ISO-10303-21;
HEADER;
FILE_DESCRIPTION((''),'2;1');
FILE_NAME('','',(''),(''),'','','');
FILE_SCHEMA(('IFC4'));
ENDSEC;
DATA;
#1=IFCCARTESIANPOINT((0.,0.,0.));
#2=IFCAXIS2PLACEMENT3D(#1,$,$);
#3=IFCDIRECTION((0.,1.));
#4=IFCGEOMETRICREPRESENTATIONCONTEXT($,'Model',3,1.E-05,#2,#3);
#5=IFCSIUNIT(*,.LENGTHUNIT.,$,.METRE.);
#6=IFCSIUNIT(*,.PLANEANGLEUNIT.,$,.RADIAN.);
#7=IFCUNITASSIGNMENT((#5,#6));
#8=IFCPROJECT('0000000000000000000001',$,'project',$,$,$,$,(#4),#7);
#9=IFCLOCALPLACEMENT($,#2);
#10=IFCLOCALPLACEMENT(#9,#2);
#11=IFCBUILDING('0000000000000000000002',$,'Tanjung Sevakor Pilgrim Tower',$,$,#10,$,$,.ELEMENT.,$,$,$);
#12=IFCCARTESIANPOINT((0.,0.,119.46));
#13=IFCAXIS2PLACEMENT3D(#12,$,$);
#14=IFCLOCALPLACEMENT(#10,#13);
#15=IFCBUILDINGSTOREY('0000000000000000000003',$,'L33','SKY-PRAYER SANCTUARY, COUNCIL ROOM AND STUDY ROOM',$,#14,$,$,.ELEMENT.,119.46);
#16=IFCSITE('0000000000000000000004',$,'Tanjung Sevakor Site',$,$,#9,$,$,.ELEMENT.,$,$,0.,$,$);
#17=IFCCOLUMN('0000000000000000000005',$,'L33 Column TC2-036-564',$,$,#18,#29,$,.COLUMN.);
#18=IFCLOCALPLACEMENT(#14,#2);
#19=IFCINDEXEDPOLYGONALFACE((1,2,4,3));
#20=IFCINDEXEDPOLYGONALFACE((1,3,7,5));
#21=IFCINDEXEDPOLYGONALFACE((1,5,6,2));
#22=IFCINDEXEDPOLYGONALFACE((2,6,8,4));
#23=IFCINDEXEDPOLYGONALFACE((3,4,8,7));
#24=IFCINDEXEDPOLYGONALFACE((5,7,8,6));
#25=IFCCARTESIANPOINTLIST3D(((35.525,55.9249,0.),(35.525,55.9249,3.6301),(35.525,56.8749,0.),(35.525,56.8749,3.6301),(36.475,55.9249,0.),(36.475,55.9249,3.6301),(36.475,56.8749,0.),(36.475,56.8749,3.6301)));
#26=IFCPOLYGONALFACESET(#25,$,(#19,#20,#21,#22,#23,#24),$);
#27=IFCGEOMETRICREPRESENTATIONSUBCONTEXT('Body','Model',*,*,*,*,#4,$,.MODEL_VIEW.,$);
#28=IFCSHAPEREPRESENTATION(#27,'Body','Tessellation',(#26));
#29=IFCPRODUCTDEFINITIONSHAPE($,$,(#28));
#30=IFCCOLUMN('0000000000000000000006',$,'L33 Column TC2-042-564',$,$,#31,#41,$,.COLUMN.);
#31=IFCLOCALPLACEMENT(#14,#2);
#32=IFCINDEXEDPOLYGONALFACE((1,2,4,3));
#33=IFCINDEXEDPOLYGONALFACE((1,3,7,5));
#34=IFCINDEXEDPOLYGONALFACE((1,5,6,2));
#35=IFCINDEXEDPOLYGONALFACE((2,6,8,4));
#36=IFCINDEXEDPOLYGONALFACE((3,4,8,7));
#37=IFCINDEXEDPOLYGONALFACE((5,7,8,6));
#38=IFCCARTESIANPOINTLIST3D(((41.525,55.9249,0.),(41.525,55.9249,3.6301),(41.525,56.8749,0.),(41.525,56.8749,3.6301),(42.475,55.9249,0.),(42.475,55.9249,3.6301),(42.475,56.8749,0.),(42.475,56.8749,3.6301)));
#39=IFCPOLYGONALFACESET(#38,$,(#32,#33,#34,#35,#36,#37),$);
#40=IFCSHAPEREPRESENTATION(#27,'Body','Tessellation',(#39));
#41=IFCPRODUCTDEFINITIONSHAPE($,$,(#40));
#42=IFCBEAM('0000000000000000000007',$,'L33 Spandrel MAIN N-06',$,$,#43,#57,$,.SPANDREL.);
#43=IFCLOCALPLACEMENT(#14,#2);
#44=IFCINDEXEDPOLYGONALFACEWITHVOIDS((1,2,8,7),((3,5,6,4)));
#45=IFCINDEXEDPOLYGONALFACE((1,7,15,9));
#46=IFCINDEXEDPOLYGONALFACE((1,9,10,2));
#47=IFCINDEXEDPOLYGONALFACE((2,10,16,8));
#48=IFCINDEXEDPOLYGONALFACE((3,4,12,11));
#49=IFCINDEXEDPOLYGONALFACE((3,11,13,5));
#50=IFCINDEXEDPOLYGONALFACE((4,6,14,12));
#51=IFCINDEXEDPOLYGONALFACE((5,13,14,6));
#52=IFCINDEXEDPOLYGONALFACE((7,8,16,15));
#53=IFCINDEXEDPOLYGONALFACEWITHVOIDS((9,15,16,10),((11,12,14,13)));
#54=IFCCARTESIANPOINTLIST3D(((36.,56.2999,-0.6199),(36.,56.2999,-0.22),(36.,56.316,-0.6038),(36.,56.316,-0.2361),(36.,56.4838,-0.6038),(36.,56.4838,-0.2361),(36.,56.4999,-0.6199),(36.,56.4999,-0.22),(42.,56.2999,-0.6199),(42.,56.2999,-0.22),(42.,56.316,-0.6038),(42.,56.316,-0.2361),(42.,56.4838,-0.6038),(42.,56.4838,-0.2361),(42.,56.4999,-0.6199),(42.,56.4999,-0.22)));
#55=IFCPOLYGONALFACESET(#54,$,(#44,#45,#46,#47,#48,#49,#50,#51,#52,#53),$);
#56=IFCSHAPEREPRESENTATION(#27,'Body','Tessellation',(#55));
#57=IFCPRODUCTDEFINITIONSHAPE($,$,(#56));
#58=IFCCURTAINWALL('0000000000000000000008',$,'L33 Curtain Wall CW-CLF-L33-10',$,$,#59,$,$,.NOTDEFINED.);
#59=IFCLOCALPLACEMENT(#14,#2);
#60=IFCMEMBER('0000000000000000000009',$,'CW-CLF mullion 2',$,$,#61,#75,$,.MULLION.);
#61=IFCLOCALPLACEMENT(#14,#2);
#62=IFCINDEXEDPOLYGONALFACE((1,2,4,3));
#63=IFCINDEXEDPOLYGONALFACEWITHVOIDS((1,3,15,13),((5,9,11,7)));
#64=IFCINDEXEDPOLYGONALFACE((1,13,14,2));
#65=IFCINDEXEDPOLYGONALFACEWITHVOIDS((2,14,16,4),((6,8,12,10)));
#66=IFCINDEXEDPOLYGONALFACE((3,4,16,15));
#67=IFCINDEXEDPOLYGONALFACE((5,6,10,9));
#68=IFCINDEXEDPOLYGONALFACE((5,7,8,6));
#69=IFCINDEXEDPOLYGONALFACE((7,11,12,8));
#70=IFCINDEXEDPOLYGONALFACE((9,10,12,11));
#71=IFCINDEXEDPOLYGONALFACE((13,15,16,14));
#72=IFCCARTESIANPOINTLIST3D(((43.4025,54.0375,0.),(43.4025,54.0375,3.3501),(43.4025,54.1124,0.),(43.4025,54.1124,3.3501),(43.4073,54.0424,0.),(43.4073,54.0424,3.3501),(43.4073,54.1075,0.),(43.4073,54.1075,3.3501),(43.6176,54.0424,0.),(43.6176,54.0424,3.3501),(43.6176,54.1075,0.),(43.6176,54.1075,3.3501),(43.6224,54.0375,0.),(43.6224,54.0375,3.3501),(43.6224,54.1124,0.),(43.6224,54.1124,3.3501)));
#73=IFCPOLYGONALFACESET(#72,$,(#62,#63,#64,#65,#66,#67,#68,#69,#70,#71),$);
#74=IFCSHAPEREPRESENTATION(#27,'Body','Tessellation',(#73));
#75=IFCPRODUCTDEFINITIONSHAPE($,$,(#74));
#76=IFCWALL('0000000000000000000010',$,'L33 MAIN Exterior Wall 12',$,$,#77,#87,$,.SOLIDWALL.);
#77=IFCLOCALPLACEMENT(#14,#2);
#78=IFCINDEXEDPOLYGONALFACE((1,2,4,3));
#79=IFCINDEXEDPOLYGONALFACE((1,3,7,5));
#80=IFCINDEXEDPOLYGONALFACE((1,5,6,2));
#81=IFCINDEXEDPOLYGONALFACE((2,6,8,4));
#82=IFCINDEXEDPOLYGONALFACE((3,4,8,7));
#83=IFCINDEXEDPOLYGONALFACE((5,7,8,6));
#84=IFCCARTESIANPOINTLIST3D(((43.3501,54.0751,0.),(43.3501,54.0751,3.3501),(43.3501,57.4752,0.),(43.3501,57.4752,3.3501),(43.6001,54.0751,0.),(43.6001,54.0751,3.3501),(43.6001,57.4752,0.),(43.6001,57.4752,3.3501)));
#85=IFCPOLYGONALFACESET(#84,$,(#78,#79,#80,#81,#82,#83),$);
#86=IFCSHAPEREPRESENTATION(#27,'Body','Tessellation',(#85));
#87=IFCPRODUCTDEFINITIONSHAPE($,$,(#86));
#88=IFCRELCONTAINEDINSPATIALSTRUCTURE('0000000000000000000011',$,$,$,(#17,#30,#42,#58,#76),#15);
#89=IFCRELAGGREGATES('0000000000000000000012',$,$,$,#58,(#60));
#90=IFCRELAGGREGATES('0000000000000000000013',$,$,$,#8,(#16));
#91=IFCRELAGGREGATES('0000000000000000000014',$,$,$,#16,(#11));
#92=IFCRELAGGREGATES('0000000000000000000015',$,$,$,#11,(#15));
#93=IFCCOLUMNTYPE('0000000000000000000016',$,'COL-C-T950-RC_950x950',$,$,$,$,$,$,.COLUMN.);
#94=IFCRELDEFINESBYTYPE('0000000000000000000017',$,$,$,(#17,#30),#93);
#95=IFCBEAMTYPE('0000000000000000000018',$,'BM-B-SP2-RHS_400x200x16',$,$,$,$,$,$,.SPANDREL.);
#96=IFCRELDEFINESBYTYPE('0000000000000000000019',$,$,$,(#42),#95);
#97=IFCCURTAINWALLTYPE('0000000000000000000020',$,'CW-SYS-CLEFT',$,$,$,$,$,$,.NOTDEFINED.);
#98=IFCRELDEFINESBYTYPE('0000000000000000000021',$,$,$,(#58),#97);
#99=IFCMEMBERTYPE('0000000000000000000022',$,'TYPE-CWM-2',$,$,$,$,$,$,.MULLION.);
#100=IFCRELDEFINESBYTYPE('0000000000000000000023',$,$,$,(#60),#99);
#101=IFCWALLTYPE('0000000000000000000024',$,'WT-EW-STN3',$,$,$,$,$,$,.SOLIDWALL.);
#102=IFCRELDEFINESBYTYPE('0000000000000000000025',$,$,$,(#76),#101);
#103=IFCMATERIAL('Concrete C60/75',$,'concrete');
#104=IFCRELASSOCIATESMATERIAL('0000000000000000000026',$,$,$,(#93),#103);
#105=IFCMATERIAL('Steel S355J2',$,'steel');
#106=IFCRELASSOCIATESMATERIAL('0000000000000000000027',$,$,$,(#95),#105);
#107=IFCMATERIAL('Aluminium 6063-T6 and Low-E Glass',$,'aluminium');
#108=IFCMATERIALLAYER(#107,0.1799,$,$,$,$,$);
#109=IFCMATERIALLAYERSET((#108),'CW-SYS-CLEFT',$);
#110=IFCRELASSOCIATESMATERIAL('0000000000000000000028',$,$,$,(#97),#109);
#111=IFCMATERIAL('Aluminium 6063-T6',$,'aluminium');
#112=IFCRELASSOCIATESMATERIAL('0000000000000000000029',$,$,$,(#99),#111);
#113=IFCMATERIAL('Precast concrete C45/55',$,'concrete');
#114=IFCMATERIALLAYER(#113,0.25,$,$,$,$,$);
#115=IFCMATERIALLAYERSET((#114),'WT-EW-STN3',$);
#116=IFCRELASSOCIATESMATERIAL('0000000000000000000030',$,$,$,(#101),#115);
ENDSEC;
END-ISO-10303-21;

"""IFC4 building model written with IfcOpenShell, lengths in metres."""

from ifc_helpers import new_model, si_unit, direction, frame, frame_2d, origin, origin_2d, place, context, subcontext, project, spatial, rectangle, hollow_rectangle, extrude, material, layer, layer_set, material_profile, profile_set, type_object, element, aggregate, save


model = new_model("IFC4")

# Units and contexts
model_context = context("Model", 3, precision=1e-05, world=origin(), true_north=direction((0.0, 1.0)))
body_context = subcontext(model_context, "Body", "Model", "MODEL_VIEW")
ifc_project = project(units=[si_unit("LENGTHUNIT", "METRE"), si_unit("PLANEANGLEUNIT", "RADIAN")], contexts=[model_context])

# Site, building, storey
site_placement = place(None, origin())
site = spatial("IfcSite", under=ifc_project, at=site_placement, Name="Tanjung Sevakor Site", CompositionType="ELEMENT", RefElevation=0.0)
building_placement = place(site_placement, origin())
building = spatial("IfcBuilding", under=site, at=building_placement, Name="Tanjung Sevakor Pilgrim Tower", CompositionType="ELEMENT")
storey_placement = place(building_placement, frame((0.0, 0.0, 119.46)))
storey = spatial("IfcBuildingStorey", under=building, at=storey_placement, Name="L33", Description="SKY-PRAYER SANCTUARY, COUNCIL ROOM AND STUDY ROOM", CompositionType="ELEMENT", Elevation=119.46)

# Columns
ifc_material_1 = material(Name="Concrete C60/75", Category="concrete")
ifc_material_profile_1 = material_profile(ifc_material_1, rectangle(XDim=0.95, YDim=0.95, at=origin_2d()))
ifc_profile_set_1 = profile_set([ifc_material_profile_1], Name="Concrete C60/75")
column_type = type_object("IfcColumnType", Name="COL-C-T950-RC_950x950", PredefinedType="COLUMN", material=ifc_profile_set_1)
for number, where, z_axis, x_axis, name in (
    (1, (36.0, 56.3999, 0.0), (0.0, 0.0, 1.0), (1.0, 0.0, 0.0), "L33 Column TC2-036-564"),
    (2, (42.0, 56.3999, 0.0), (0.0, 0.0, 1.0), (1.0, 0.0, 0.0), "L33 Column TC2-042-564"),
):
    element("IfcColumn", number, at=place(storey_placement, frame(where, z_axis=z_axis, x_axis=x_axis)), inside=storey, type_object=column_type, Name=name, PredefinedType="COLUMN", context=body_context, shape_type="SweptSolid", body=[
        extrude(rectangle(XDim=0.95, YDim=0.95, at=origin_2d()), origin(), (0.0, 0.0, 1.0), 3.6301),
    ])

# Beam
ifc_material_2 = material(Name="Steel S355J2", Category="steel")
ifc_material_profile_2 = material_profile(ifc_material_2, hollow_rectangle(XDim=0.2, YDim=0.3999, WallThickness=0.0161, at=origin_2d()))
ifc_profile_set_2 = profile_set([ifc_material_profile_2], Name="Steel S355J2")
beam_type = type_object("IfcBeamType", Name="BM-B-SP2-RHS_400x200x16", PredefinedType="SPANDREL", material=ifc_profile_set_2)
beam_placement = place(storey_placement, frame((36.0, 56.3999, -0.4199), z_axis=(1.0, 0.0, 0.0), x_axis=(0.0, 1.0, 0.0)))
element("IfcBeam", 3, at=beam_placement, inside=storey, type_object=beam_type, Name="L33 Spandrel MAIN N-06", PredefinedType="SPANDREL", context=body_context, shape_type="SweptSolid", body=[
    extrude(hollow_rectangle(XDim=0.2, YDim=0.3999, WallThickness=0.0161, at=origin_2d()), origin(), (0.0, 0.0, 1.0), 6.0),
])

# Curtain wall, member
ifc_material_3 = material(Name="Aluminium 6063-T6 and Low-E Glass", Category="aluminium")
ifc_layer_1 = layer(ifc_material_3, 0.1799)
ifc_layer_set_1 = layer_set([ifc_layer_1], Name="CW-SYS-CLEFT")
curtain_wall_type = type_object("IfcCurtainWallType", Name="CW-SYS-CLEFT", PredefinedType="NOTDEFINED", material=ifc_layer_set_1)
curtain_wall_placement = place(storey_placement, origin())
curtain_wall = element("IfcCurtainWall", 4, at=curtain_wall_placement, inside=storey, type_object=curtain_wall_type, Name="L33 Curtain Wall CW-CLF-L33-10", PredefinedType="NOTDEFINED")
ifc_material_4 = material(Name="Aluminium 6063-T6", Category="aluminium")
ifc_material_profile_3 = material_profile(ifc_material_4, hollow_rectangle(XDim=0.075, YDim=0.22, WallThickness=0.0049, at=origin_2d()))
ifc_profile_set_3 = profile_set([ifc_material_profile_3], Name="Aluminium 6063-T6")
member_type = type_object("IfcMemberType", Name="TYPE-CWM-2", PredefinedType="MULLION", material=ifc_profile_set_3)
member_placement = place(storey_placement, frame((43.5125, 54.075, 0.0), z_axis=(0.0, 0.0, 1.0), x_axis=(0.0, -1.0, 0.0)))
member = element("IfcMember", 5, at=member_placement, type_object=member_type, Name="CW-CLF mullion 2", PredefinedType="MULLION", context=body_context, shape_type="SweptSolid", body=[
    extrude(hollow_rectangle(XDim=0.075, YDim=0.22, WallThickness=0.0049, at=origin_2d()), origin(), (0.0, 0.0, 1.0), 3.3501),
])
aggregate(curtain_wall, [member])

# Wall
ifc_material_5 = material(Name="Precast concrete C45/55", Category="concrete")
ifc_layer_2 = layer(ifc_material_5, 0.25)
ifc_layer_set_2 = layer_set([ifc_layer_2], Name="WT-EW-STN3")
wall_type_1 = type_object("IfcWallType", Name="WT-EW-STN3", PredefinedType="SOLIDWALL", material=ifc_layer_set_2)
wall_1_placement = place(storey_placement, frame((43.4751, 54.075, 0.0), z_axis=(0.0, 0.0, 1.0), x_axis=(0.0, 1.0, 0.0)))
element("IfcWall", 6, at=wall_1_placement, inside=storey, type_object=wall_type_1, Name="L33 MAIN Exterior Wall 12", PredefinedType="SOLIDWALL", context=body_context, shape_type="SweptSolid", body=[
    extrude(rectangle(XDim=3.4001, YDim=0.25, at=frame_2d((1.7002, 0.0))), origin(), (0.0, 0.0, 1.0), 3.3501),
])

save(model, "model.ifc")
